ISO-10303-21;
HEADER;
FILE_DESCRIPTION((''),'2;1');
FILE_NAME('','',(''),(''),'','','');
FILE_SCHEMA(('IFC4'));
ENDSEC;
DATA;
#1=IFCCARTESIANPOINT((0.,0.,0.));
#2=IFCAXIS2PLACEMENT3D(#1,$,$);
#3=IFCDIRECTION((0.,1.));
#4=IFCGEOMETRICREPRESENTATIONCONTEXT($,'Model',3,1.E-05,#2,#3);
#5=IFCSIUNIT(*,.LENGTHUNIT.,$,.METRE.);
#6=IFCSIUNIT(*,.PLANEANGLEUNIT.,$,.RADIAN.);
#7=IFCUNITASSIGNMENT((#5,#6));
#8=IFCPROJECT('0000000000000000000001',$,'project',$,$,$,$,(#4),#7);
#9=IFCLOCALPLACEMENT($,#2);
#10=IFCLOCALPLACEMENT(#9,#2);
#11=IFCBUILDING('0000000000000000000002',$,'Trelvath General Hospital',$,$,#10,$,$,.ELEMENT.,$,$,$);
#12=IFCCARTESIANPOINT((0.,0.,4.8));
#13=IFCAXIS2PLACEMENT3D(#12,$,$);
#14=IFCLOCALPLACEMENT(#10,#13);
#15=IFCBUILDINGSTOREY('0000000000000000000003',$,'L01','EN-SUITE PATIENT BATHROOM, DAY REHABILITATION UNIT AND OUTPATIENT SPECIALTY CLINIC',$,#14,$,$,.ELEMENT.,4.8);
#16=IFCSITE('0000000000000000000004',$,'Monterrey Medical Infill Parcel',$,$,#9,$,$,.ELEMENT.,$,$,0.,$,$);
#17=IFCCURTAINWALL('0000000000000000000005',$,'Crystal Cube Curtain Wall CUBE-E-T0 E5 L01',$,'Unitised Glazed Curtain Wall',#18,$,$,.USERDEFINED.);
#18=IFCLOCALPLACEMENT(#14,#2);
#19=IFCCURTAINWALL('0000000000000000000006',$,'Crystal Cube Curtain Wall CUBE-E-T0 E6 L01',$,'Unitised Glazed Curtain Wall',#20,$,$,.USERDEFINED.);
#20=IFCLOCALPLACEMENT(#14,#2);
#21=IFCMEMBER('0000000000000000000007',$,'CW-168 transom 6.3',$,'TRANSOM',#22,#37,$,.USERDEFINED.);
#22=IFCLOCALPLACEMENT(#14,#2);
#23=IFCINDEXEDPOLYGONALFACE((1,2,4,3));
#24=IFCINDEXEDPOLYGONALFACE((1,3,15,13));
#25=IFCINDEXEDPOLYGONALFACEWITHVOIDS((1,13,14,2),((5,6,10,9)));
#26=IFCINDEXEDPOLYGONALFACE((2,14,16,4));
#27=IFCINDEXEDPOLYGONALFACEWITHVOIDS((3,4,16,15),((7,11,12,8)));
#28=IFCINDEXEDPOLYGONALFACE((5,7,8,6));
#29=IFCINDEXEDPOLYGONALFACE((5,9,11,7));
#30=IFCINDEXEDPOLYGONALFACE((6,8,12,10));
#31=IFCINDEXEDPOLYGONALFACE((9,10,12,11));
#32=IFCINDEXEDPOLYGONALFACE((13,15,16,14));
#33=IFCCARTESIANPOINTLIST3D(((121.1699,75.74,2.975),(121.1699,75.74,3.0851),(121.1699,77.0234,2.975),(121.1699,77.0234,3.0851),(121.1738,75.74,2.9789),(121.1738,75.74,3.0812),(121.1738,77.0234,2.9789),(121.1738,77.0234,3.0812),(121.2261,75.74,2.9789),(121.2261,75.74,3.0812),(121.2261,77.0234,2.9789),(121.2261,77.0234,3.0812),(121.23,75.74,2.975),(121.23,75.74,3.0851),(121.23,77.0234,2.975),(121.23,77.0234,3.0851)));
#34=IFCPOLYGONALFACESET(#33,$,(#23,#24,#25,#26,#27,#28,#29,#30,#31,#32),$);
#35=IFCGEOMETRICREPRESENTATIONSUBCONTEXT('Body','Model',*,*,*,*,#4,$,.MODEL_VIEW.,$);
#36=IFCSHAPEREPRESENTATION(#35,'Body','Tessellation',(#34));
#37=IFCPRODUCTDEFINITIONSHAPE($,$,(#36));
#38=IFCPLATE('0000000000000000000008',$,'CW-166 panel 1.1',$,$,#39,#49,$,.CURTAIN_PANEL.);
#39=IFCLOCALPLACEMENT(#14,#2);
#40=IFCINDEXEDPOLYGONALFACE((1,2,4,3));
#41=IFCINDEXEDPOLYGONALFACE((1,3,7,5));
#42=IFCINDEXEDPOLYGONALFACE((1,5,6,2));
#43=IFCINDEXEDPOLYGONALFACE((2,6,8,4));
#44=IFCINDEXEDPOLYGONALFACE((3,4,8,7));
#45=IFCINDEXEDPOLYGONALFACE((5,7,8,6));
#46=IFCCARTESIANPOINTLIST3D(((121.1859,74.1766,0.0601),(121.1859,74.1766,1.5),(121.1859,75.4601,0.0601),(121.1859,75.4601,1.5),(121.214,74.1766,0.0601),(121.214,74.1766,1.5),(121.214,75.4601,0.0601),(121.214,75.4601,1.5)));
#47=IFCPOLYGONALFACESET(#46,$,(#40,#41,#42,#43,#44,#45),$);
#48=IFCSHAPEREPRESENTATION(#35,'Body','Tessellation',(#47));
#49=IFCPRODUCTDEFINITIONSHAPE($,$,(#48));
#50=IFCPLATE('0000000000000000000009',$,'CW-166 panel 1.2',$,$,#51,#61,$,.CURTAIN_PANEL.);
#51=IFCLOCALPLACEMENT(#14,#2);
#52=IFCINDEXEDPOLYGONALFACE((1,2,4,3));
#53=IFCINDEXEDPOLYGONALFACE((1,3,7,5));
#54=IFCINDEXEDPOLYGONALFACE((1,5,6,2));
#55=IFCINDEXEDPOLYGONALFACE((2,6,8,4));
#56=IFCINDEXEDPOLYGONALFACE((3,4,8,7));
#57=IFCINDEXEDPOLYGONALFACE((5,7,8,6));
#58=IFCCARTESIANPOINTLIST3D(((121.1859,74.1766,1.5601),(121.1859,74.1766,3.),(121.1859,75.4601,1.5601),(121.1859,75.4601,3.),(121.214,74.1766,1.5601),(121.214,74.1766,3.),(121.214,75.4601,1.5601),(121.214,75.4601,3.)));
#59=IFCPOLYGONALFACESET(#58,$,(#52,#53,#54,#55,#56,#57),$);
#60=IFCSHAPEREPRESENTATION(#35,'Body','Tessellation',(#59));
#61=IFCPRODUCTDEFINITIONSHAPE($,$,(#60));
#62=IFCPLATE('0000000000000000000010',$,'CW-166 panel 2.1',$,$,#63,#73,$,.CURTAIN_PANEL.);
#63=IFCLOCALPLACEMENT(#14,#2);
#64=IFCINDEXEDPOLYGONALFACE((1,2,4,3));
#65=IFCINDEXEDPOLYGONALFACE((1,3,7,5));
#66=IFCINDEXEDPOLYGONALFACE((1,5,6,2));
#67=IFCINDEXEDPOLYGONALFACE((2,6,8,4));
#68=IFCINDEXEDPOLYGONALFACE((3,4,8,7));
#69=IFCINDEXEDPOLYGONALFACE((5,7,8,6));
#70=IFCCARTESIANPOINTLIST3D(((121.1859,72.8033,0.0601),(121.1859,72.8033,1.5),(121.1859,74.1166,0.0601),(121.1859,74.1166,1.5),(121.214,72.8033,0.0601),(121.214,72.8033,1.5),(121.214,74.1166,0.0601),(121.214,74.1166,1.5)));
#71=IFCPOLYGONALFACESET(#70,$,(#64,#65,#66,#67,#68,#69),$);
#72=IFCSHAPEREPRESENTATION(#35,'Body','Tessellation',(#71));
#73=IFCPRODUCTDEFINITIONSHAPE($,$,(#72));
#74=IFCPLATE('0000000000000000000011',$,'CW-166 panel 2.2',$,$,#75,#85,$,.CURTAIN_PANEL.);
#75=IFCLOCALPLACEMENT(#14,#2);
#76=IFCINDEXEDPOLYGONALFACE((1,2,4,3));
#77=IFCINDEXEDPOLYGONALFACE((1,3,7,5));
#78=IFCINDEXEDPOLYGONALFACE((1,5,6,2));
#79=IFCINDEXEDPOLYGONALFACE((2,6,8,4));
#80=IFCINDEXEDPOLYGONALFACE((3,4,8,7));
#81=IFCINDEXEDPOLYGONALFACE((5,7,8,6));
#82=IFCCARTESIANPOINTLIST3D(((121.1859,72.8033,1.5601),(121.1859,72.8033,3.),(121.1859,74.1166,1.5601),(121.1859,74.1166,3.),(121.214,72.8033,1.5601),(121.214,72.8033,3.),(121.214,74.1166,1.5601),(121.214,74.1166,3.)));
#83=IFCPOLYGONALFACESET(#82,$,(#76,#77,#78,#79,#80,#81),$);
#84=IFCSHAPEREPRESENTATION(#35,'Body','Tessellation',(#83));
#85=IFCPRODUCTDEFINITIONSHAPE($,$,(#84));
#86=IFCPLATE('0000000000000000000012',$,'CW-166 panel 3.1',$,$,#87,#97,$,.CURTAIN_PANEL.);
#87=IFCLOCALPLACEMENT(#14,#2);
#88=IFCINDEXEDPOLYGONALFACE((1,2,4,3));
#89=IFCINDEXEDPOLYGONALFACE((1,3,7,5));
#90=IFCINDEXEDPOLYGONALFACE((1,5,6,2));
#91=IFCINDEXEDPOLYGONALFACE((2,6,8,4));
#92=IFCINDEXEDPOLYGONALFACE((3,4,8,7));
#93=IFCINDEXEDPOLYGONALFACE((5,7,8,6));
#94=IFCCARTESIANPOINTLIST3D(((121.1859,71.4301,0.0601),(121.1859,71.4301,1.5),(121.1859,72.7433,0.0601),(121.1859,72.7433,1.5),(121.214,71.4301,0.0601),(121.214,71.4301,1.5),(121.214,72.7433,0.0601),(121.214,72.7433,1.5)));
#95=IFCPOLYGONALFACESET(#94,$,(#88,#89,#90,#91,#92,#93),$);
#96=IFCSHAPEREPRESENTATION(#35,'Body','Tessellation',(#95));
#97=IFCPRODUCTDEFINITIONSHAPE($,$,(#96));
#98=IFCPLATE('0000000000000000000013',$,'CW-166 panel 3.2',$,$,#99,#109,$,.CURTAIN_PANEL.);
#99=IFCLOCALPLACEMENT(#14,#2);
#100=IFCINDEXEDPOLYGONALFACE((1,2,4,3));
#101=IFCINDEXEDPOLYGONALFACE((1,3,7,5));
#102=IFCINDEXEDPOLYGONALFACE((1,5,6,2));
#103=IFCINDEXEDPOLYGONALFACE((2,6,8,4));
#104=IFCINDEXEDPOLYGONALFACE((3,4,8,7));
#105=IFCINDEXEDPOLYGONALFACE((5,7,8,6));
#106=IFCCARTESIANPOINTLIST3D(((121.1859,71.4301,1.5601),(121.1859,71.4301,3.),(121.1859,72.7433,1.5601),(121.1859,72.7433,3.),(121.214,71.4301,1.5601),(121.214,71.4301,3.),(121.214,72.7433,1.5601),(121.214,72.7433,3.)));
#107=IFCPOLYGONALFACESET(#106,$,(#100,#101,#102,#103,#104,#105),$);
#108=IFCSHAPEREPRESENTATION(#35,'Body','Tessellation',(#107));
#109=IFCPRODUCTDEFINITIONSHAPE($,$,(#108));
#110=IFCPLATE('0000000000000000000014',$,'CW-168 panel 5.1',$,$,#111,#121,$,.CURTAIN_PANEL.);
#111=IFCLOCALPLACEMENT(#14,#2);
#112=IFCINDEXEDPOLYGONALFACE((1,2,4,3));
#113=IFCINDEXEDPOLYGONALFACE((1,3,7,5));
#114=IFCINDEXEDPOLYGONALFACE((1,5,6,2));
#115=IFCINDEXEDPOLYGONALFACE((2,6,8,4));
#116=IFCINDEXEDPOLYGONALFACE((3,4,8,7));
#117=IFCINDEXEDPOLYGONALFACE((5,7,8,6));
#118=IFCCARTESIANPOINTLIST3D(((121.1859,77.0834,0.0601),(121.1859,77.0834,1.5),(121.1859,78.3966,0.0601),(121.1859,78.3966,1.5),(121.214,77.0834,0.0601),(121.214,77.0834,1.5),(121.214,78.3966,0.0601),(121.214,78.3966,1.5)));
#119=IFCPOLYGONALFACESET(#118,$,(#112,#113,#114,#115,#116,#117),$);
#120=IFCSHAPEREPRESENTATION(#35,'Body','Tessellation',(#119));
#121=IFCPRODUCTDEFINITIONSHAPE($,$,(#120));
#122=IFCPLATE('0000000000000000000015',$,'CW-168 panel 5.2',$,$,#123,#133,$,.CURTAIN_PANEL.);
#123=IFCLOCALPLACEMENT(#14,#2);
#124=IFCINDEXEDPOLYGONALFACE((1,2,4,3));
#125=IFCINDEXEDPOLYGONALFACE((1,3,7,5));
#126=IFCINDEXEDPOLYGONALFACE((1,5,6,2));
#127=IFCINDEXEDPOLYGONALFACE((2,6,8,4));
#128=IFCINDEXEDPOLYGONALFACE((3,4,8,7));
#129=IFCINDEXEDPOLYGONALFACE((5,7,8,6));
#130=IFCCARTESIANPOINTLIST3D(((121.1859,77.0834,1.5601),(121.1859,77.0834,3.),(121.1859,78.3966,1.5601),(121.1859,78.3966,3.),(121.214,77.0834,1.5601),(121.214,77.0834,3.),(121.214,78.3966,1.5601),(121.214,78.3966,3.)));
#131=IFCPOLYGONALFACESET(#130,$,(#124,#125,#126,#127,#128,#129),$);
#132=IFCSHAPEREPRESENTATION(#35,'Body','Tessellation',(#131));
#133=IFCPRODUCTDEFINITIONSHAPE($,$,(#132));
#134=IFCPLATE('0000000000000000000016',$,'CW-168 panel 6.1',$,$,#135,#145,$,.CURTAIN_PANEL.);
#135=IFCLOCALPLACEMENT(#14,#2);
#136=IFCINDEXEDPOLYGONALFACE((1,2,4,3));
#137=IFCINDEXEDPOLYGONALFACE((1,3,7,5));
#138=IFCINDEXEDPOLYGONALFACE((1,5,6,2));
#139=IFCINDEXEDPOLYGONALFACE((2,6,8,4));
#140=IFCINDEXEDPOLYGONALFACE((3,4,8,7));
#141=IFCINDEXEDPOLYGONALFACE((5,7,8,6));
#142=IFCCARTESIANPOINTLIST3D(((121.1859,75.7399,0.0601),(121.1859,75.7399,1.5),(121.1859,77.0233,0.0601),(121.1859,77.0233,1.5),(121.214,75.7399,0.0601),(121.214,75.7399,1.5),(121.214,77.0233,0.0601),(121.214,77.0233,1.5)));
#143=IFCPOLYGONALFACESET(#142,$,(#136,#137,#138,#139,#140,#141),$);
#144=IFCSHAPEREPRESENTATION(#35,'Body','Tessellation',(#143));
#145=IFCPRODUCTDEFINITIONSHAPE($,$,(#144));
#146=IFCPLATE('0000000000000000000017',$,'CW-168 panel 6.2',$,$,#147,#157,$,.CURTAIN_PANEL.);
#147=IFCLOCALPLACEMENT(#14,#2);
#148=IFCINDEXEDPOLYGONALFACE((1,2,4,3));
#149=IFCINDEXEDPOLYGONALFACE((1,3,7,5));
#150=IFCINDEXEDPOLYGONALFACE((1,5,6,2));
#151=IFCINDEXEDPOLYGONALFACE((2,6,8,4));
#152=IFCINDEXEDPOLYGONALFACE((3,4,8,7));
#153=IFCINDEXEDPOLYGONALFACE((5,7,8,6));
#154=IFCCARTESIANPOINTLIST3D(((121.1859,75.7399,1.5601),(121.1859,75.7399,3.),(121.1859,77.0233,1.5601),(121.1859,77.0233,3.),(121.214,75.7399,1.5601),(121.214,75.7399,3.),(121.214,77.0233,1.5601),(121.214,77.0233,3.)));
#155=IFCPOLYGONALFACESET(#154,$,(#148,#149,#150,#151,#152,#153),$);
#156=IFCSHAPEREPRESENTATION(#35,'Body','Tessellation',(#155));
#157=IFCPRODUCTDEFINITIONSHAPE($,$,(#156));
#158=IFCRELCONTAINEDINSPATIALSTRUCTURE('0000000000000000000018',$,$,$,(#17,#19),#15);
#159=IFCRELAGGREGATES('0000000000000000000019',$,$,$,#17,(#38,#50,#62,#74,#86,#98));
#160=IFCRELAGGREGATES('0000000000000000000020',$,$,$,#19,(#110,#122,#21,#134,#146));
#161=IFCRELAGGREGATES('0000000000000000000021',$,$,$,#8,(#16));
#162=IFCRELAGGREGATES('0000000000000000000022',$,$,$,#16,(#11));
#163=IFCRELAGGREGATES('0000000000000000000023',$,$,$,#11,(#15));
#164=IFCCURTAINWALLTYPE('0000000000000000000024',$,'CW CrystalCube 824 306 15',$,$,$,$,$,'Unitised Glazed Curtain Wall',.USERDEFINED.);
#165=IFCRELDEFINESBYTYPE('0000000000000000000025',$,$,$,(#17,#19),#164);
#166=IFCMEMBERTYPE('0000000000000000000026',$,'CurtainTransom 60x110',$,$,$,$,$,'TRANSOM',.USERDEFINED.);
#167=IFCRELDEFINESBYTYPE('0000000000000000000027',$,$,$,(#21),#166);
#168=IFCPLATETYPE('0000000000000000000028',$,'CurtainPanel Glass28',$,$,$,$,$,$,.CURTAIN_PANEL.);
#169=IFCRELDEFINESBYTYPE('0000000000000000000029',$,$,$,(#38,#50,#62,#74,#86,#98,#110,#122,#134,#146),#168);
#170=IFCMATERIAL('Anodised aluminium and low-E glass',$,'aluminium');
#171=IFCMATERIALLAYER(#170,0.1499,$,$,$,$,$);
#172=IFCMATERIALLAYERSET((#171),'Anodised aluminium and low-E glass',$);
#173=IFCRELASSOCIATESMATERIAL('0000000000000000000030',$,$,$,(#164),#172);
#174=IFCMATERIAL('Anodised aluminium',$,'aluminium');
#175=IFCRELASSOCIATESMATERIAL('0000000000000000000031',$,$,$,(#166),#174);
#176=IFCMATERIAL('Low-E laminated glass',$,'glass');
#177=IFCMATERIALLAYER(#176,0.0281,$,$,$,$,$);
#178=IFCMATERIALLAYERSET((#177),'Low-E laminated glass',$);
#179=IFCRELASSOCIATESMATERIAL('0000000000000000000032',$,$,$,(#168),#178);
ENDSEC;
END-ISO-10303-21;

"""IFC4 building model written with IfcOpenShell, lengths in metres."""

from ifc_helpers import new_model, si_unit, direction, frame, origin, origin_2d, place, context, subcontext, project, spatial, rectangle, hollow_rectangle, extrude, material, layer, layer_set, material_profile, profile_set, type_object, element, aggregate, save


model = new_model("IFC4")

# Units and contexts
model_context = context("Model", 3, precision=1e-05, world=origin(), true_north=direction((0.0, 1.0)))
body_context = subcontext(model_context, "Body", "Model", "MODEL_VIEW")
ifc_project = project(units=[si_unit("LENGTHUNIT", "METRE"), si_unit("PLANEANGLEUNIT", "RADIAN")], contexts=[model_context])

# Site, building, storey
site_placement = place(None, origin())
site = spatial("IfcSite", under=ifc_project, at=site_placement, Name="Monterrey Medical Infill Parcel", CompositionType="ELEMENT", RefElevation=0.0)
building_placement = place(site_placement, origin())
building = spatial("IfcBuilding", under=site, at=building_placement, Name="Trelvath General Hospital", CompositionType="ELEMENT")
storey_placement = place(building_placement, frame((0.0, 0.0, 4.8)))
storey = spatial("IfcBuildingStorey", under=building, at=storey_placement, Name="L01", Description="EN-SUITE PATIENT BATHROOM, DAY REHABILITATION UNIT AND OUTPATIENT SPECIALTY CLINIC", CompositionType="ELEMENT", Elevation=4.8)

# Curtain walls
ifc_material_1 = material(Name="Anodised aluminium and low-E glass", Category="aluminium")
ifc_layer_1 = layer(ifc_material_1, 0.1499)
ifc_layer_set_1 = layer_set([ifc_layer_1], Name="Anodised aluminium and low-E glass")
curtain_wall_type = type_object("IfcCurtainWallType", Name="CW CrystalCube 824 306 15", ElementType="Unitised Glazed Curtain Wall", PredefinedType="USERDEFINED", material=ifc_layer_set_1)
curtain_wall_1_placement = place(storey_placement, origin())
curtain_wall_1 = element("IfcCurtainWall", 1, at=curtain_wall_1_placement, inside=storey, type_object=curtain_wall_type, Name="Crystal Cube Curtain Wall CUBE-E-T0 E5 L01", ObjectType="Unitised Glazed Curtain Wall", PredefinedType="USERDEFINED")
curtain_wall_2_placement = place(storey_placement, origin())
curtain_wall_2 = element("IfcCurtainWall", 2, at=curtain_wall_2_placement, inside=storey, type_object=curtain_wall_type, Name="Crystal Cube Curtain Wall CUBE-E-T0 E6 L01", ObjectType="Unitised Glazed Curtain Wall", PredefinedType="USERDEFINED")

# Member
ifc_material_2 = material(Name="Anodised aluminium", Category="aluminium")
ifc_material_profile_1 = material_profile(ifc_material_2, hollow_rectangle(XDim=0.0601, YDim=0.1101, WallThickness=0.0039, at=origin_2d()), Name="RHS60x110x4")
ifc_profile_set_1 = profile_set([ifc_material_profile_1], Name="Anodised aluminium")
member_type_1 = type_object("IfcMemberType", Name="CurtainTransom 60x110", ElementType="TRANSOM", PredefinedType="USERDEFINED", material=ifc_profile_set_1)
member_1_placement = place(storey_placement, frame((121.2, 77.0234, 3.03), z_axis=(0.0, -1.0, 0.0), x_axis=(1.0, 0.0, 0.0)))
member_1 = element("IfcMember", 3, at=member_1_placement, type_object=member_type_1, Name="CW-168 transom 6.3", ObjectType="TRANSOM", PredefinedType="USERDEFINED", context=body_context, shape_type="SweptSolid", body=[
    extrude(hollow_rectangle(XDim=0.0601, YDim=0.1101, WallThickness=0.0039, at=origin_2d()), origin(), (0.0, 0.0, 1.0), 1.2834),
])

# Plates
ifc_material_3 = material(Name="Low-E laminated glass", Category="glass")
ifc_layer_2 = layer(ifc_material_3, 0.0281)
ifc_layer_set_2 = layer_set([ifc_layer_2], Name="Low-E laminated glass")
plate_type = type_object("IfcPlateType", Name="CurtainPanel Glass28", PredefinedType="CURTAIN_PANEL", material=ifc_layer_set_2)
plate_1_placement = place(storey_placement, frame((121.2, 74.8184, 0.0601), z_axis=(0.0, 0.0, 1.0), x_axis=(0.0, -1.0, 0.0)))
plate_1 = element("IfcPlate", 4, at=plate_1_placement, type_object=plate_type, Name="CW-166 panel 1.1", PredefinedType="CURTAIN_PANEL", context=body_context, shape_type="SweptSolid", body=[
    extrude(rectangle(XDim=1.2834, YDim=0.0281, at=origin_2d()), origin(), (0.0, 0.0, 1.0), 1.4399),
])
plate_2_placement = place(storey_placement, frame((121.2, 74.8184, 1.5601), z_axis=(0.0, 0.0, 1.0), x_axis=(0.0, -1.0, 0.0)))
plate_2 = element("IfcPlate", 5, at=plate_2_placement, type_object=plate_type, Name="CW-166 panel 1.2", PredefinedType="CURTAIN_PANEL", context=body_context, shape_type="SweptSolid", body=[
    extrude(rectangle(XDim=1.2834, YDim=0.0281, at=origin_2d()), origin(), (0.0, 0.0, 1.0), 1.4399),
])
plate_3_placement = place(storey_placement, frame((121.2, 73.46, 0.0601), z_axis=(0.0, 0.0, 1.0), x_axis=(0.0, -1.0, 0.0)))
plate_3 = element("IfcPlate", 6, at=plate_3_placement, type_object=plate_type, Name="CW-166 panel 2.1", PredefinedType="CURTAIN_PANEL", context=body_context, shape_type="SweptSolid", body=[
    extrude(rectangle(XDim=1.3132, YDim=0.0281, at=origin_2d()), origin(), (0.0, 0.0, 1.0), 1.4399),
])
plate_4_placement = place(storey_placement, frame((121.2, 73.46, 1.5601), z_axis=(0.0, 0.0, 1.0), x_axis=(0.0, -1.0, 0.0)))
plate_4 = element("IfcPlate", 7, at=plate_4_placement, type_object=plate_type, Name="CW-166 panel 2.2", PredefinedType="CURTAIN_PANEL", context=body_context, shape_type="SweptSolid", body=[
    extrude(rectangle(XDim=1.3132, YDim=0.0281, at=origin_2d()), origin(), (0.0, 0.0, 1.0), 1.4399),
])
plate_5_placement = place(storey_placement, frame((121.2, 72.0867, 0.0601), z_axis=(0.0, 0.0, 1.0), x_axis=(0.0, -1.0, 0.0)))
plate_5 = element("IfcPlate", 8, at=plate_5_placement, type_object=plate_type, Name="CW-166 panel 3.1", PredefinedType="CURTAIN_PANEL", context=body_context, shape_type="SweptSolid", body=[
    extrude(rectangle(XDim=1.3132, YDim=0.0281, at=origin_2d()), origin(), (0.0, 0.0, 1.0), 1.4399),
])
plate_6_placement = place(storey_placement, frame((121.2, 72.0867, 1.5601), z_axis=(0.0, 0.0, 1.0), x_axis=(0.0, -1.0, 0.0)))
plate_6 = element("IfcPlate", 9, at=plate_6_placement, type_object=plate_type, Name="CW-166 panel 3.2", PredefinedType="CURTAIN_PANEL", context=body_context, shape_type="SweptSolid", body=[
    extrude(rectangle(XDim=1.3132, YDim=0.0281, at=origin_2d()), origin(), (0.0, 0.0, 1.0), 1.4399),
])
aggregate(curtain_wall_1, [plate_1, plate_2, plate_3, plate_4, plate_5, plate_6])
plate_7_placement = place(storey_placement, frame((121.2, 77.74, 0.0601), z_axis=(0.0, 0.0, 1.0), x_axis=(0.0, -1.0, 0.0)))
plate_7 = element("IfcPlate", 10, at=plate_7_placement, type_object=plate_type, Name="CW-168 panel 5.1", PredefinedType="CURTAIN_PANEL", context=body_context, shape_type="SweptSolid", body=[
    extrude(rectangle(XDim=1.3132, YDim=0.0281, at=origin_2d()), origin(), (0.0, 0.0, 1.0), 1.4399),
])
plate_8_placement = place(storey_placement, frame((121.2, 77.74, 1.5601), z_axis=(0.0, 0.0, 1.0), x_axis=(0.0, -1.0, 0.0)))
plate_8 = element("IfcPlate", 11, at=plate_8_placement, type_object=plate_type, Name="CW-168 panel 5.2", PredefinedType="CURTAIN_PANEL", context=body_context, shape_type="SweptSolid", body=[
    extrude(rectangle(XDim=1.3132, YDim=0.0281, at=origin_2d()), origin(), (0.0, 0.0, 1.0), 1.4399),
])
plate_9_placement = place(storey_placement, frame((121.2, 76.3816, 0.0601), z_axis=(0.0, 0.0, 1.0), x_axis=(0.0, -1.0, 0.0)))
plate_9 = element("IfcPlate", 12, at=plate_9_placement, type_object=plate_type, Name="CW-168 panel 6.1", PredefinedType="CURTAIN_PANEL", context=body_context, shape_type="SweptSolid", body=[
    extrude(rectangle(XDim=1.2834, YDim=0.0281, at=origin_2d()), origin(), (0.0, 0.0, 1.0), 1.4399),
])
plate_10_placement = place(storey_placement, frame((121.2, 76.3816, 1.5601), z_axis=(0.0, 0.0, 1.0), x_axis=(0.0, -1.0, 0.0)))
plate_10 = element("IfcPlate", 13, at=plate_10_placement, type_object=plate_type, Name="CW-168 panel 6.2", PredefinedType="CURTAIN_PANEL", context=body_context, shape_type="SweptSolid", body=[
    extrude(rectangle(XDim=1.2834, YDim=0.0281, at=origin_2d()), origin(), (0.0, 0.0, 1.0), 1.4399),
])
aggregate(curtain_wall_2, [plate_7, plate_8, member_1, plate_9, plate_10])

save(model, "model.ifc")
